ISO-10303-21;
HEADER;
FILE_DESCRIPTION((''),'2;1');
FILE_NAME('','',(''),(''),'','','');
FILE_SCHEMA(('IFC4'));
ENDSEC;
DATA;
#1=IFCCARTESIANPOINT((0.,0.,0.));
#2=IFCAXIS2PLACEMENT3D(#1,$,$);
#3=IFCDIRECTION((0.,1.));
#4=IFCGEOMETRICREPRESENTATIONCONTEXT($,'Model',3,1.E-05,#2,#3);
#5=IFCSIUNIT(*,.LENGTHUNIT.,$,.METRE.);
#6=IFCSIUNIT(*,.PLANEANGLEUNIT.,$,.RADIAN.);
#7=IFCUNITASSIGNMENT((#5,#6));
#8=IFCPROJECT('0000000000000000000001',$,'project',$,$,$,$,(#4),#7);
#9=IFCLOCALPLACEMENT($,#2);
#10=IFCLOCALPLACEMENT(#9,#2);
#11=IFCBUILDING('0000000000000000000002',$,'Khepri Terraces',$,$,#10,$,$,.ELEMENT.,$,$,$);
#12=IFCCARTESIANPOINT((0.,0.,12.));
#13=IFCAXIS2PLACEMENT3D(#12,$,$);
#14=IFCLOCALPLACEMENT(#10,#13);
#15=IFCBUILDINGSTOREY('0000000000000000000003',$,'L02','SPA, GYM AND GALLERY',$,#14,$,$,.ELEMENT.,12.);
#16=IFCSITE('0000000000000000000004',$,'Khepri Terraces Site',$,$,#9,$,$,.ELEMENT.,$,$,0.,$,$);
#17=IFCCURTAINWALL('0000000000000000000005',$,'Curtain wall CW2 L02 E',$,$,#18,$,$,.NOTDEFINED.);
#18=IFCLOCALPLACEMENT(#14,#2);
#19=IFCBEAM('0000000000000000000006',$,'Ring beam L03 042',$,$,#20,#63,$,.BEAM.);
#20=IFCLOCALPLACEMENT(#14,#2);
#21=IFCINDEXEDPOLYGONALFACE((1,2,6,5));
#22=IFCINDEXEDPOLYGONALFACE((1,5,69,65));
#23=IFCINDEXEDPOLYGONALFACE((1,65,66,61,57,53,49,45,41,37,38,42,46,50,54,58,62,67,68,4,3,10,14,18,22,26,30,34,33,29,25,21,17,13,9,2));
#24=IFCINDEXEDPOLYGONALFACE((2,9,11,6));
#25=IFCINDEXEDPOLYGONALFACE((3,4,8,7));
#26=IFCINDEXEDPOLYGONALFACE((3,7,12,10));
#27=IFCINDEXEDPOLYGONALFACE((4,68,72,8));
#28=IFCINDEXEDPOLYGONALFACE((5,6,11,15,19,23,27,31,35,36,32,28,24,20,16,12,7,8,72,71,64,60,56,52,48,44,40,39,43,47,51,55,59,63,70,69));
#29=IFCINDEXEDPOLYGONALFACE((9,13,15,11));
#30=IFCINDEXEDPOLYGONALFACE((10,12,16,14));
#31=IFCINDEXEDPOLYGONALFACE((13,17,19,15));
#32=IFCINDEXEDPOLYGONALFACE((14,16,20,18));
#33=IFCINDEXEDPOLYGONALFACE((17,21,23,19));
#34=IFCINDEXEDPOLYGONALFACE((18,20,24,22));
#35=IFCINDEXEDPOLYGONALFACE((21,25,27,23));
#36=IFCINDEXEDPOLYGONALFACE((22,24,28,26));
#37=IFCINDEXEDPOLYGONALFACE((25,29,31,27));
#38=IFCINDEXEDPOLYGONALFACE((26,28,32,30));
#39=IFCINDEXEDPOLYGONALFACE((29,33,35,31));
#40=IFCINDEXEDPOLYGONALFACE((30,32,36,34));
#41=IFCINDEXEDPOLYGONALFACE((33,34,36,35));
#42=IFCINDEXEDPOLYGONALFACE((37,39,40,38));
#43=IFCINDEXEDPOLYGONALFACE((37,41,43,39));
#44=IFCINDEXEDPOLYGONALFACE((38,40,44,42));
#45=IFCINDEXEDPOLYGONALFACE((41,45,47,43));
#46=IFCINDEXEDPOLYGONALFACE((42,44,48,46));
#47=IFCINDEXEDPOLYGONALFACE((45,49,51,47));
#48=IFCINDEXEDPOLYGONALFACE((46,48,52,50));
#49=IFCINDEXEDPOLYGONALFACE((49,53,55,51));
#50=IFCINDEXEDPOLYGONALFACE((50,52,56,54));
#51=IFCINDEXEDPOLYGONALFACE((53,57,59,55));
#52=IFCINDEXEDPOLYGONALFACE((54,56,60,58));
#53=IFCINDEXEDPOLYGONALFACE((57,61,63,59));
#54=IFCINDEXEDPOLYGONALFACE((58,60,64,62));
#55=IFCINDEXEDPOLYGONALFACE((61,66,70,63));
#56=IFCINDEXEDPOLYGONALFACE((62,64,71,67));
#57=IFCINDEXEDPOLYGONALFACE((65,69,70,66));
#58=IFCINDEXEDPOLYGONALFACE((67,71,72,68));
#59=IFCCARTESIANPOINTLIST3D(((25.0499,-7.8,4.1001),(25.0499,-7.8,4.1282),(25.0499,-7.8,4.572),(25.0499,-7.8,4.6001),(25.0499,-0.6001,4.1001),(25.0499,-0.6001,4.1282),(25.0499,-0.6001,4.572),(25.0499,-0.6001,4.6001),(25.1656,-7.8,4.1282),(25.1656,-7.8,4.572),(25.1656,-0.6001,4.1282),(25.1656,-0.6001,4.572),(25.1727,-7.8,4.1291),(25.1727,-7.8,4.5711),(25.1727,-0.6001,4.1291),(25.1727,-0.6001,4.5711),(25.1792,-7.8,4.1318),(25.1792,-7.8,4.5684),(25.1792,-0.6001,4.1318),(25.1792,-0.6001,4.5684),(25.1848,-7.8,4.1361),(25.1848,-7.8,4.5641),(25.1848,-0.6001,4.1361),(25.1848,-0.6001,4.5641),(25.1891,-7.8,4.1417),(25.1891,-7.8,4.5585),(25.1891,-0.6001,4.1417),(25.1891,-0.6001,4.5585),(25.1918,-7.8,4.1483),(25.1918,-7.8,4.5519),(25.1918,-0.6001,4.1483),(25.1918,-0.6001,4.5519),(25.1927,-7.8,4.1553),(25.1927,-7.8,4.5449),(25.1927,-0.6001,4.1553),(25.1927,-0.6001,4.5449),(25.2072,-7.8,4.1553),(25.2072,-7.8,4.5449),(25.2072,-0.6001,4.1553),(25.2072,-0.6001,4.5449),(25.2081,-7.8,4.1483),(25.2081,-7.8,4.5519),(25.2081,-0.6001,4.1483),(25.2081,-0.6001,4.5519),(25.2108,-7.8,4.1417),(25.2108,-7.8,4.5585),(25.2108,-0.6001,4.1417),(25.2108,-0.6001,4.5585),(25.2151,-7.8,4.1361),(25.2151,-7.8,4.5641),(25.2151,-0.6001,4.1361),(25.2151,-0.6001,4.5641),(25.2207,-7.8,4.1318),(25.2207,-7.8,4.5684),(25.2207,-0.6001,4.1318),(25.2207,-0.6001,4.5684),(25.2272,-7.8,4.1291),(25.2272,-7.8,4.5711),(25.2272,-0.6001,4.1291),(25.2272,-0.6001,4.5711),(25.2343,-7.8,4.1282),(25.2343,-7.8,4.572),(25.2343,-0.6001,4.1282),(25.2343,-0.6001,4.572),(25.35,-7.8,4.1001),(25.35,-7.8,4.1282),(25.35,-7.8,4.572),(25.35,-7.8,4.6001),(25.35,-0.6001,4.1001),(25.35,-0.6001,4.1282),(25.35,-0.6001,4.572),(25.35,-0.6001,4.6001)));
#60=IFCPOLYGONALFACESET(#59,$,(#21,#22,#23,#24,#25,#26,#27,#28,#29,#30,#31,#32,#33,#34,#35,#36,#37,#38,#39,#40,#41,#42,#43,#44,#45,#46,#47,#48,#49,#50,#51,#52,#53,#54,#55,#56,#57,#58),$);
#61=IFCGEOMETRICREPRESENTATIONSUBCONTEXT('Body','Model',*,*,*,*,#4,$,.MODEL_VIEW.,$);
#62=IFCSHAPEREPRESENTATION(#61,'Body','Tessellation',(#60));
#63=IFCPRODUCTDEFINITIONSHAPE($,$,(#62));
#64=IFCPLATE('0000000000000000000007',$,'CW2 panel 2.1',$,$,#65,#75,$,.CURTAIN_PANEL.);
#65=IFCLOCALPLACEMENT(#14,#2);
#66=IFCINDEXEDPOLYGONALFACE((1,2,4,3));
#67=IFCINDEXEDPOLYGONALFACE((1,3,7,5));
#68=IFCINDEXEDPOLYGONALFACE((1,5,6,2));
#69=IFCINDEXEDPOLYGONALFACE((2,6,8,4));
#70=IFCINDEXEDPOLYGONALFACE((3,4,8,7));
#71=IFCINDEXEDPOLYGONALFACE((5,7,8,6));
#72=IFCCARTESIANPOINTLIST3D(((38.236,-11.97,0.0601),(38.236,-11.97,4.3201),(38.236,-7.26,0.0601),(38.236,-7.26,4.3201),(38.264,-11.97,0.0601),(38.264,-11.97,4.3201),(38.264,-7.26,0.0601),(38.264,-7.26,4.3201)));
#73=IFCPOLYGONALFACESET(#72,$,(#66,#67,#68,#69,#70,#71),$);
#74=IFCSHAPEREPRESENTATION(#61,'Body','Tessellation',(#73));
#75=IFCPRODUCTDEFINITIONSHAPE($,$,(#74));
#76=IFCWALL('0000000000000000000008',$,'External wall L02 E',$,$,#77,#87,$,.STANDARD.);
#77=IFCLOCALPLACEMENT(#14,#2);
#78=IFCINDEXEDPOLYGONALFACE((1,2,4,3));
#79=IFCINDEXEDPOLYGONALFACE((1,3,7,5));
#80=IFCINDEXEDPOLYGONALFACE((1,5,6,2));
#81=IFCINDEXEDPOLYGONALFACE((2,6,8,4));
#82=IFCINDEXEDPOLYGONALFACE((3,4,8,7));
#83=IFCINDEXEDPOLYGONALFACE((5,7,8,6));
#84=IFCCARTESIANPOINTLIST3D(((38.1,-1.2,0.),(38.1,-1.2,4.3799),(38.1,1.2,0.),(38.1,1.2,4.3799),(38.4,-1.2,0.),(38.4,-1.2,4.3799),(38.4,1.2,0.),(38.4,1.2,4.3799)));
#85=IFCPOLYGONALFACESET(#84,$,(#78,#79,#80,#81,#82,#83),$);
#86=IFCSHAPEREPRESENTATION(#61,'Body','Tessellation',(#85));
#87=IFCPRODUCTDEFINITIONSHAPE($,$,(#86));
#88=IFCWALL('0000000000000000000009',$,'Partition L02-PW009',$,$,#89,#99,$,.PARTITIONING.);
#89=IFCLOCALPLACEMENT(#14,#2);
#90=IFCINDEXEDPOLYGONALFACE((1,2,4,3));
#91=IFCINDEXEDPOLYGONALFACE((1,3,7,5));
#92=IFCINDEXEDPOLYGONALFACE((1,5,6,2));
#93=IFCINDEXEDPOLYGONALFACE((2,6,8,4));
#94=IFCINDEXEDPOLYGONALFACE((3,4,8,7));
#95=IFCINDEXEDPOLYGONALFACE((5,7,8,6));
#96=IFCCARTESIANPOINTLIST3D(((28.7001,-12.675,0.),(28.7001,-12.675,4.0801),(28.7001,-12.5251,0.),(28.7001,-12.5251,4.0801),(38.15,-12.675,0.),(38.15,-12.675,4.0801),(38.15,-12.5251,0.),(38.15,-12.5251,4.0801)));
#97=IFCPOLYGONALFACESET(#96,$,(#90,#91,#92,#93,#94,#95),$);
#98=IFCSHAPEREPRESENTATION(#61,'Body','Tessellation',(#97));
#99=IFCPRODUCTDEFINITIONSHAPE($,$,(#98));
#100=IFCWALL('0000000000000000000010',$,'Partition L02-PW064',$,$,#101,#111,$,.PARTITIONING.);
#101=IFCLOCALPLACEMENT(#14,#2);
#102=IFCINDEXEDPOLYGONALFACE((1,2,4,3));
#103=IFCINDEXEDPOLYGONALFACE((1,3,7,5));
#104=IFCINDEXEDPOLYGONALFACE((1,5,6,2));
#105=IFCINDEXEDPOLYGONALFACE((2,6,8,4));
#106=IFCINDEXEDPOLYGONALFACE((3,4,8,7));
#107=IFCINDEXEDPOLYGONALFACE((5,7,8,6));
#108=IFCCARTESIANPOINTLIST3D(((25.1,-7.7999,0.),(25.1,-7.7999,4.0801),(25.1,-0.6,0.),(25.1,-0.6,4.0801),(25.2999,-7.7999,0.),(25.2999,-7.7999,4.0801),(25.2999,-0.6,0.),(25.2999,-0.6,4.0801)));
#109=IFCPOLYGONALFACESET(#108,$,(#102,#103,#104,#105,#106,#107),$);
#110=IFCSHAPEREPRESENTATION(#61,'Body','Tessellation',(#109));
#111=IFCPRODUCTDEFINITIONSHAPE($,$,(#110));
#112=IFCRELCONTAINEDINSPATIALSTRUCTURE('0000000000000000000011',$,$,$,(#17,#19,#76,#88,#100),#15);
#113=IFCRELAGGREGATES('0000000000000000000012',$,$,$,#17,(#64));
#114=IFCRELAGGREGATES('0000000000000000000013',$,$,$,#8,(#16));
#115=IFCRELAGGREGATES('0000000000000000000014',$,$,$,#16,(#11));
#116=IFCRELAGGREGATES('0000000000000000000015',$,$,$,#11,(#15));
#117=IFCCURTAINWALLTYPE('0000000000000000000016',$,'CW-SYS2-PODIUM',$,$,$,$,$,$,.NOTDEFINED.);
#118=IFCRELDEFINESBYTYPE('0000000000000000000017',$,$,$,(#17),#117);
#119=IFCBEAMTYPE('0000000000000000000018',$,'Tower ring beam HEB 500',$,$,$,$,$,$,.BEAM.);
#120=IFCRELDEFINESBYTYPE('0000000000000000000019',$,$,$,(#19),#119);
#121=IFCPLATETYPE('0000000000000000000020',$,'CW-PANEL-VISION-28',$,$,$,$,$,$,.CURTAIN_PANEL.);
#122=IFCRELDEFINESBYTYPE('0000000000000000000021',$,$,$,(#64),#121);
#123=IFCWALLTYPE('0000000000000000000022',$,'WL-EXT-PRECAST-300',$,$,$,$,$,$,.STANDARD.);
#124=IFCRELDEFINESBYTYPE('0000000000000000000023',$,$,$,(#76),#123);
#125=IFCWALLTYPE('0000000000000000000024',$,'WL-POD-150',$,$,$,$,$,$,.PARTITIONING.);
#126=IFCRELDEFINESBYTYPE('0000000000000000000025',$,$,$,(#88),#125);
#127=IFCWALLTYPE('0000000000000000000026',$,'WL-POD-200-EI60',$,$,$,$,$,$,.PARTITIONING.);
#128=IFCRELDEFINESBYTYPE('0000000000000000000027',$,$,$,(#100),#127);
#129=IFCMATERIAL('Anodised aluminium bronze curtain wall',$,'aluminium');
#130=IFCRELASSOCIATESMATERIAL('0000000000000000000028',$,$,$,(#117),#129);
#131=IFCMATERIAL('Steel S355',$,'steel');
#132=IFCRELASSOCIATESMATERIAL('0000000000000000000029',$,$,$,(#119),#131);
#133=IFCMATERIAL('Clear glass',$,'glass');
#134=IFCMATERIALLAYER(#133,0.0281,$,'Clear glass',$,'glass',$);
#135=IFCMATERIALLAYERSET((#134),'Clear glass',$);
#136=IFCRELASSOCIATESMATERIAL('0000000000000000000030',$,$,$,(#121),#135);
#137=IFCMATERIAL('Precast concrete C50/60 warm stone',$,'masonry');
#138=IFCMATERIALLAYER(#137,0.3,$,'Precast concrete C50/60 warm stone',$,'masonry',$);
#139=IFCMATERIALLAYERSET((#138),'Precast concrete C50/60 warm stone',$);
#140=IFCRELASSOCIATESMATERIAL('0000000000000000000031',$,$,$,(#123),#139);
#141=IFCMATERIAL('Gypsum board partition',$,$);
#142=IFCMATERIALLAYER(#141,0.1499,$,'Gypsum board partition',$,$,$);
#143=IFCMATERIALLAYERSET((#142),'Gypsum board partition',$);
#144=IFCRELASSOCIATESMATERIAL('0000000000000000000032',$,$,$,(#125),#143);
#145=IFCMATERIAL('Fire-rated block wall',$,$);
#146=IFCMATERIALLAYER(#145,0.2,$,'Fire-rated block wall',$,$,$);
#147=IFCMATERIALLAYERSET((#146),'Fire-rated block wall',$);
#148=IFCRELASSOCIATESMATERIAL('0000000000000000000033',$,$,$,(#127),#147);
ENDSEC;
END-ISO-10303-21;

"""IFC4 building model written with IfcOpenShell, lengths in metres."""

from ifc_helpers import new_model, si_unit, direction, frame, frame_2d, origin, origin_2d, place, context, subcontext, project, spatial, rectangle, i_section, extrude, material, layer, layer_set, material_profile, profile_set, type_object, element, aggregate, save


model = new_model("IFC4")

# Units and contexts
model_context = context("Model", 3, precision=1e-05, world=origin(), true_north=direction((0.0, 1.0)))
body_context = subcontext(model_context, "Body", "Model", "MODEL_VIEW")
ifc_project = project(units=[si_unit("LENGTHUNIT", "METRE"), si_unit("PLANEANGLEUNIT", "RADIAN")], contexts=[model_context])

# Site, building, storey
site_placement = place(None, origin())
site = spatial("IfcSite", under=ifc_project, at=site_placement, Name="Khepri Terraces Site", CompositionType="ELEMENT", RefElevation=0.0)
building_placement = place(site_placement, origin())
building = spatial("IfcBuilding", under=site, at=building_placement, Name="Khepri Terraces", CompositionType="ELEMENT")
storey_placement = place(building_placement, frame((0.0, 0.0, 12.0)))
storey = spatial("IfcBuildingStorey", under=building, at=storey_placement, Name="L02", Description="SPA, GYM AND GALLERY", CompositionType="ELEMENT", Elevation=12.0)

# Curtain wall
ifc_material_1 = material(Name="Anodised aluminium bronze curtain wall", Category="aluminium")
curtain_wall_type = type_object("IfcCurtainWallType", Name="CW-SYS2-PODIUM", PredefinedType="NOTDEFINED", material=ifc_material_1)
curtain_wall_placement = place(storey_placement, origin())
curtain_wall = element("IfcCurtainWall", 1, at=curtain_wall_placement, inside=storey, type_object=curtain_wall_type, Name="Curtain wall CW2 L02 E", PredefinedType="NOTDEFINED")

# Beam
ifc_material_2 = material(Name="Steel S355", Category="steel")
ifc_material_profile_1 = material_profile(ifc_material_2, i_section(OverallWidth=0.3, OverallDepth=0.5, WebThickness=0.0144, FlangeThickness=0.0281, FilletRadius=0.0271, at=origin_2d()), Name="Steel S355", Category="steel")
ifc_profile_set_1 = profile_set([ifc_material_profile_1], Name="Steel S355")
beam_type_1 = type_object("IfcBeamType", Name="Tower ring beam HEB 500", PredefinedType="BEAM", material=ifc_profile_set_1)
beam_1_placement = place(storey_placement, frame((25.2, -7.8, 4.3501), z_axis=(0.0, 1.0, 0.0), x_axis=(-1.0, 0.0, 0.0)))
element("IfcBeam", 2, at=beam_1_placement, inside=storey, type_object=beam_type_1, Name="Ring beam L03 042", PredefinedType="BEAM", context=body_context, shape_type="SweptSolid", body=[
    extrude(i_section(OverallWidth=0.3, OverallDepth=0.5, WebThickness=0.0144, FlangeThickness=0.0281, FilletRadius=0.0271, at=origin_2d()), origin(), (0.0, 0.0, 1.0), 7.2),
])

# Plate
ifc_material_3 = material(Name="Clear glass", Category="glass")
ifc_layer_1 = layer(ifc_material_3, 0.0281, Name="Clear glass", Category="glass")
ifc_layer_set_1 = layer_set([ifc_layer_1], Name="Clear glass")
plate_type = type_object("IfcPlateType", Name="CW-PANEL-VISION-28", PredefinedType="CURTAIN_PANEL", material=ifc_layer_set_1)
plate_placement = place(storey_placement, frame((38.25, -9.615, 0.0601), z_axis=(0.0, 0.0, 1.0), x_axis=(0.0, 1.0, 0.0)))
plate = element("IfcPlate", 3, at=plate_placement, type_object=plate_type, Name="CW2 panel 2.1", PredefinedType="CURTAIN_PANEL", context=body_context, shape_type="SweptSolid", body=[
    extrude(rectangle(XDim=4.71, YDim=0.0281, at=origin_2d()), origin(), (0.0, 0.0, 1.0), 4.26),
])
aggregate(curtain_wall, [plate])

# Shared definitions
ifc_material_4 = material(Name="Precast concrete C50/60 warm stone", Category="masonry")
ifc_layer_2 = layer(ifc_material_4, 0.3, Name="Precast concrete C50/60 warm stone", Category="masonry")
ifc_layer_set_2 = layer_set([ifc_layer_2], Name="Precast concrete C50/60 warm stone")
wall_type_1 = type_object("IfcWallType", Name="WL-EXT-PRECAST-300", PredefinedType="STANDARD", material=ifc_layer_set_2)

# Walls
wall_1_placement = place(storey_placement, frame((38.25, -1.2, 0.0), z_axis=(0.0, 0.0, 1.0), x_axis=(0.0, 1.0, 0.0)))
element("IfcWall", 4, at=wall_1_placement, inside=storey, type_object=wall_type_1, Name="External wall L02 E", PredefinedType="STANDARD", context=body_context, shape_type="SweptSolid", body=[
    extrude(rectangle(XDim=2.3999, YDim=0.3, at=frame_2d((1.2, 0.0))), origin(), (0.0, 0.0, 1.0), 4.3799),
])
ifc_material_5 = material(Name="Gypsum board partition")
ifc_layer_3 = layer(ifc_material_5, 0.1499, Name="Gypsum board partition")
ifc_layer_set_3 = layer_set([ifc_layer_3], Name="Gypsum board partition")
wall_type_2 = type_object("IfcWallType", Name="WL-POD-150", PredefinedType="PARTITIONING", material=ifc_layer_set_3)
wall_2_placement = place(storey_placement, frame((28.7, -12.6001, 0.0), z_axis=(0.0, 0.0, 1.0), x_axis=(1.0, 0.0, 0.0)))
element("IfcWall", 5, at=wall_2_placement, inside=storey, type_object=wall_type_2, Name="Partition L02-PW009", PredefinedType="PARTITIONING", context=body_context, shape_type="SweptSolid", body=[
    extrude(rectangle(XDim=9.45, YDim=0.1499, at=frame_2d((4.7251, 0.0))), origin(), (0.0, 0.0, 1.0), 4.0801),
])
ifc_material_6 = material(Name="Fire-rated block wall")
ifc_layer_4 = layer(ifc_material_6, 0.2, Name="Fire-rated block wall")
ifc_layer_set_4 = layer_set([ifc_layer_4], Name="Fire-rated block wall")
wall_type_3 = type_object("IfcWallType", Name="WL-POD-200-EI60", PredefinedType="PARTITIONING", material=ifc_layer_set_4)
wall_3_placement = place(storey_placement, frame((25.2, -7.8, 0.0), z_axis=(0.0, 0.0, 1.0), x_axis=(0.0, 1.0, 0.0)))
element("IfcWall", 6, at=wall_3_placement, inside=storey, type_object=wall_type_3, Name="Partition L02-PW064", PredefinedType="PARTITIONING", context=body_context, shape_type="SweptSolid", body=[
    extrude(rectangle(XDim=7.2, YDim=0.2, at=frame_2d((3.6001, 0.0))), origin(), (0.0, 0.0, 1.0), 4.0801),
])

save(model, "model.ifc")
